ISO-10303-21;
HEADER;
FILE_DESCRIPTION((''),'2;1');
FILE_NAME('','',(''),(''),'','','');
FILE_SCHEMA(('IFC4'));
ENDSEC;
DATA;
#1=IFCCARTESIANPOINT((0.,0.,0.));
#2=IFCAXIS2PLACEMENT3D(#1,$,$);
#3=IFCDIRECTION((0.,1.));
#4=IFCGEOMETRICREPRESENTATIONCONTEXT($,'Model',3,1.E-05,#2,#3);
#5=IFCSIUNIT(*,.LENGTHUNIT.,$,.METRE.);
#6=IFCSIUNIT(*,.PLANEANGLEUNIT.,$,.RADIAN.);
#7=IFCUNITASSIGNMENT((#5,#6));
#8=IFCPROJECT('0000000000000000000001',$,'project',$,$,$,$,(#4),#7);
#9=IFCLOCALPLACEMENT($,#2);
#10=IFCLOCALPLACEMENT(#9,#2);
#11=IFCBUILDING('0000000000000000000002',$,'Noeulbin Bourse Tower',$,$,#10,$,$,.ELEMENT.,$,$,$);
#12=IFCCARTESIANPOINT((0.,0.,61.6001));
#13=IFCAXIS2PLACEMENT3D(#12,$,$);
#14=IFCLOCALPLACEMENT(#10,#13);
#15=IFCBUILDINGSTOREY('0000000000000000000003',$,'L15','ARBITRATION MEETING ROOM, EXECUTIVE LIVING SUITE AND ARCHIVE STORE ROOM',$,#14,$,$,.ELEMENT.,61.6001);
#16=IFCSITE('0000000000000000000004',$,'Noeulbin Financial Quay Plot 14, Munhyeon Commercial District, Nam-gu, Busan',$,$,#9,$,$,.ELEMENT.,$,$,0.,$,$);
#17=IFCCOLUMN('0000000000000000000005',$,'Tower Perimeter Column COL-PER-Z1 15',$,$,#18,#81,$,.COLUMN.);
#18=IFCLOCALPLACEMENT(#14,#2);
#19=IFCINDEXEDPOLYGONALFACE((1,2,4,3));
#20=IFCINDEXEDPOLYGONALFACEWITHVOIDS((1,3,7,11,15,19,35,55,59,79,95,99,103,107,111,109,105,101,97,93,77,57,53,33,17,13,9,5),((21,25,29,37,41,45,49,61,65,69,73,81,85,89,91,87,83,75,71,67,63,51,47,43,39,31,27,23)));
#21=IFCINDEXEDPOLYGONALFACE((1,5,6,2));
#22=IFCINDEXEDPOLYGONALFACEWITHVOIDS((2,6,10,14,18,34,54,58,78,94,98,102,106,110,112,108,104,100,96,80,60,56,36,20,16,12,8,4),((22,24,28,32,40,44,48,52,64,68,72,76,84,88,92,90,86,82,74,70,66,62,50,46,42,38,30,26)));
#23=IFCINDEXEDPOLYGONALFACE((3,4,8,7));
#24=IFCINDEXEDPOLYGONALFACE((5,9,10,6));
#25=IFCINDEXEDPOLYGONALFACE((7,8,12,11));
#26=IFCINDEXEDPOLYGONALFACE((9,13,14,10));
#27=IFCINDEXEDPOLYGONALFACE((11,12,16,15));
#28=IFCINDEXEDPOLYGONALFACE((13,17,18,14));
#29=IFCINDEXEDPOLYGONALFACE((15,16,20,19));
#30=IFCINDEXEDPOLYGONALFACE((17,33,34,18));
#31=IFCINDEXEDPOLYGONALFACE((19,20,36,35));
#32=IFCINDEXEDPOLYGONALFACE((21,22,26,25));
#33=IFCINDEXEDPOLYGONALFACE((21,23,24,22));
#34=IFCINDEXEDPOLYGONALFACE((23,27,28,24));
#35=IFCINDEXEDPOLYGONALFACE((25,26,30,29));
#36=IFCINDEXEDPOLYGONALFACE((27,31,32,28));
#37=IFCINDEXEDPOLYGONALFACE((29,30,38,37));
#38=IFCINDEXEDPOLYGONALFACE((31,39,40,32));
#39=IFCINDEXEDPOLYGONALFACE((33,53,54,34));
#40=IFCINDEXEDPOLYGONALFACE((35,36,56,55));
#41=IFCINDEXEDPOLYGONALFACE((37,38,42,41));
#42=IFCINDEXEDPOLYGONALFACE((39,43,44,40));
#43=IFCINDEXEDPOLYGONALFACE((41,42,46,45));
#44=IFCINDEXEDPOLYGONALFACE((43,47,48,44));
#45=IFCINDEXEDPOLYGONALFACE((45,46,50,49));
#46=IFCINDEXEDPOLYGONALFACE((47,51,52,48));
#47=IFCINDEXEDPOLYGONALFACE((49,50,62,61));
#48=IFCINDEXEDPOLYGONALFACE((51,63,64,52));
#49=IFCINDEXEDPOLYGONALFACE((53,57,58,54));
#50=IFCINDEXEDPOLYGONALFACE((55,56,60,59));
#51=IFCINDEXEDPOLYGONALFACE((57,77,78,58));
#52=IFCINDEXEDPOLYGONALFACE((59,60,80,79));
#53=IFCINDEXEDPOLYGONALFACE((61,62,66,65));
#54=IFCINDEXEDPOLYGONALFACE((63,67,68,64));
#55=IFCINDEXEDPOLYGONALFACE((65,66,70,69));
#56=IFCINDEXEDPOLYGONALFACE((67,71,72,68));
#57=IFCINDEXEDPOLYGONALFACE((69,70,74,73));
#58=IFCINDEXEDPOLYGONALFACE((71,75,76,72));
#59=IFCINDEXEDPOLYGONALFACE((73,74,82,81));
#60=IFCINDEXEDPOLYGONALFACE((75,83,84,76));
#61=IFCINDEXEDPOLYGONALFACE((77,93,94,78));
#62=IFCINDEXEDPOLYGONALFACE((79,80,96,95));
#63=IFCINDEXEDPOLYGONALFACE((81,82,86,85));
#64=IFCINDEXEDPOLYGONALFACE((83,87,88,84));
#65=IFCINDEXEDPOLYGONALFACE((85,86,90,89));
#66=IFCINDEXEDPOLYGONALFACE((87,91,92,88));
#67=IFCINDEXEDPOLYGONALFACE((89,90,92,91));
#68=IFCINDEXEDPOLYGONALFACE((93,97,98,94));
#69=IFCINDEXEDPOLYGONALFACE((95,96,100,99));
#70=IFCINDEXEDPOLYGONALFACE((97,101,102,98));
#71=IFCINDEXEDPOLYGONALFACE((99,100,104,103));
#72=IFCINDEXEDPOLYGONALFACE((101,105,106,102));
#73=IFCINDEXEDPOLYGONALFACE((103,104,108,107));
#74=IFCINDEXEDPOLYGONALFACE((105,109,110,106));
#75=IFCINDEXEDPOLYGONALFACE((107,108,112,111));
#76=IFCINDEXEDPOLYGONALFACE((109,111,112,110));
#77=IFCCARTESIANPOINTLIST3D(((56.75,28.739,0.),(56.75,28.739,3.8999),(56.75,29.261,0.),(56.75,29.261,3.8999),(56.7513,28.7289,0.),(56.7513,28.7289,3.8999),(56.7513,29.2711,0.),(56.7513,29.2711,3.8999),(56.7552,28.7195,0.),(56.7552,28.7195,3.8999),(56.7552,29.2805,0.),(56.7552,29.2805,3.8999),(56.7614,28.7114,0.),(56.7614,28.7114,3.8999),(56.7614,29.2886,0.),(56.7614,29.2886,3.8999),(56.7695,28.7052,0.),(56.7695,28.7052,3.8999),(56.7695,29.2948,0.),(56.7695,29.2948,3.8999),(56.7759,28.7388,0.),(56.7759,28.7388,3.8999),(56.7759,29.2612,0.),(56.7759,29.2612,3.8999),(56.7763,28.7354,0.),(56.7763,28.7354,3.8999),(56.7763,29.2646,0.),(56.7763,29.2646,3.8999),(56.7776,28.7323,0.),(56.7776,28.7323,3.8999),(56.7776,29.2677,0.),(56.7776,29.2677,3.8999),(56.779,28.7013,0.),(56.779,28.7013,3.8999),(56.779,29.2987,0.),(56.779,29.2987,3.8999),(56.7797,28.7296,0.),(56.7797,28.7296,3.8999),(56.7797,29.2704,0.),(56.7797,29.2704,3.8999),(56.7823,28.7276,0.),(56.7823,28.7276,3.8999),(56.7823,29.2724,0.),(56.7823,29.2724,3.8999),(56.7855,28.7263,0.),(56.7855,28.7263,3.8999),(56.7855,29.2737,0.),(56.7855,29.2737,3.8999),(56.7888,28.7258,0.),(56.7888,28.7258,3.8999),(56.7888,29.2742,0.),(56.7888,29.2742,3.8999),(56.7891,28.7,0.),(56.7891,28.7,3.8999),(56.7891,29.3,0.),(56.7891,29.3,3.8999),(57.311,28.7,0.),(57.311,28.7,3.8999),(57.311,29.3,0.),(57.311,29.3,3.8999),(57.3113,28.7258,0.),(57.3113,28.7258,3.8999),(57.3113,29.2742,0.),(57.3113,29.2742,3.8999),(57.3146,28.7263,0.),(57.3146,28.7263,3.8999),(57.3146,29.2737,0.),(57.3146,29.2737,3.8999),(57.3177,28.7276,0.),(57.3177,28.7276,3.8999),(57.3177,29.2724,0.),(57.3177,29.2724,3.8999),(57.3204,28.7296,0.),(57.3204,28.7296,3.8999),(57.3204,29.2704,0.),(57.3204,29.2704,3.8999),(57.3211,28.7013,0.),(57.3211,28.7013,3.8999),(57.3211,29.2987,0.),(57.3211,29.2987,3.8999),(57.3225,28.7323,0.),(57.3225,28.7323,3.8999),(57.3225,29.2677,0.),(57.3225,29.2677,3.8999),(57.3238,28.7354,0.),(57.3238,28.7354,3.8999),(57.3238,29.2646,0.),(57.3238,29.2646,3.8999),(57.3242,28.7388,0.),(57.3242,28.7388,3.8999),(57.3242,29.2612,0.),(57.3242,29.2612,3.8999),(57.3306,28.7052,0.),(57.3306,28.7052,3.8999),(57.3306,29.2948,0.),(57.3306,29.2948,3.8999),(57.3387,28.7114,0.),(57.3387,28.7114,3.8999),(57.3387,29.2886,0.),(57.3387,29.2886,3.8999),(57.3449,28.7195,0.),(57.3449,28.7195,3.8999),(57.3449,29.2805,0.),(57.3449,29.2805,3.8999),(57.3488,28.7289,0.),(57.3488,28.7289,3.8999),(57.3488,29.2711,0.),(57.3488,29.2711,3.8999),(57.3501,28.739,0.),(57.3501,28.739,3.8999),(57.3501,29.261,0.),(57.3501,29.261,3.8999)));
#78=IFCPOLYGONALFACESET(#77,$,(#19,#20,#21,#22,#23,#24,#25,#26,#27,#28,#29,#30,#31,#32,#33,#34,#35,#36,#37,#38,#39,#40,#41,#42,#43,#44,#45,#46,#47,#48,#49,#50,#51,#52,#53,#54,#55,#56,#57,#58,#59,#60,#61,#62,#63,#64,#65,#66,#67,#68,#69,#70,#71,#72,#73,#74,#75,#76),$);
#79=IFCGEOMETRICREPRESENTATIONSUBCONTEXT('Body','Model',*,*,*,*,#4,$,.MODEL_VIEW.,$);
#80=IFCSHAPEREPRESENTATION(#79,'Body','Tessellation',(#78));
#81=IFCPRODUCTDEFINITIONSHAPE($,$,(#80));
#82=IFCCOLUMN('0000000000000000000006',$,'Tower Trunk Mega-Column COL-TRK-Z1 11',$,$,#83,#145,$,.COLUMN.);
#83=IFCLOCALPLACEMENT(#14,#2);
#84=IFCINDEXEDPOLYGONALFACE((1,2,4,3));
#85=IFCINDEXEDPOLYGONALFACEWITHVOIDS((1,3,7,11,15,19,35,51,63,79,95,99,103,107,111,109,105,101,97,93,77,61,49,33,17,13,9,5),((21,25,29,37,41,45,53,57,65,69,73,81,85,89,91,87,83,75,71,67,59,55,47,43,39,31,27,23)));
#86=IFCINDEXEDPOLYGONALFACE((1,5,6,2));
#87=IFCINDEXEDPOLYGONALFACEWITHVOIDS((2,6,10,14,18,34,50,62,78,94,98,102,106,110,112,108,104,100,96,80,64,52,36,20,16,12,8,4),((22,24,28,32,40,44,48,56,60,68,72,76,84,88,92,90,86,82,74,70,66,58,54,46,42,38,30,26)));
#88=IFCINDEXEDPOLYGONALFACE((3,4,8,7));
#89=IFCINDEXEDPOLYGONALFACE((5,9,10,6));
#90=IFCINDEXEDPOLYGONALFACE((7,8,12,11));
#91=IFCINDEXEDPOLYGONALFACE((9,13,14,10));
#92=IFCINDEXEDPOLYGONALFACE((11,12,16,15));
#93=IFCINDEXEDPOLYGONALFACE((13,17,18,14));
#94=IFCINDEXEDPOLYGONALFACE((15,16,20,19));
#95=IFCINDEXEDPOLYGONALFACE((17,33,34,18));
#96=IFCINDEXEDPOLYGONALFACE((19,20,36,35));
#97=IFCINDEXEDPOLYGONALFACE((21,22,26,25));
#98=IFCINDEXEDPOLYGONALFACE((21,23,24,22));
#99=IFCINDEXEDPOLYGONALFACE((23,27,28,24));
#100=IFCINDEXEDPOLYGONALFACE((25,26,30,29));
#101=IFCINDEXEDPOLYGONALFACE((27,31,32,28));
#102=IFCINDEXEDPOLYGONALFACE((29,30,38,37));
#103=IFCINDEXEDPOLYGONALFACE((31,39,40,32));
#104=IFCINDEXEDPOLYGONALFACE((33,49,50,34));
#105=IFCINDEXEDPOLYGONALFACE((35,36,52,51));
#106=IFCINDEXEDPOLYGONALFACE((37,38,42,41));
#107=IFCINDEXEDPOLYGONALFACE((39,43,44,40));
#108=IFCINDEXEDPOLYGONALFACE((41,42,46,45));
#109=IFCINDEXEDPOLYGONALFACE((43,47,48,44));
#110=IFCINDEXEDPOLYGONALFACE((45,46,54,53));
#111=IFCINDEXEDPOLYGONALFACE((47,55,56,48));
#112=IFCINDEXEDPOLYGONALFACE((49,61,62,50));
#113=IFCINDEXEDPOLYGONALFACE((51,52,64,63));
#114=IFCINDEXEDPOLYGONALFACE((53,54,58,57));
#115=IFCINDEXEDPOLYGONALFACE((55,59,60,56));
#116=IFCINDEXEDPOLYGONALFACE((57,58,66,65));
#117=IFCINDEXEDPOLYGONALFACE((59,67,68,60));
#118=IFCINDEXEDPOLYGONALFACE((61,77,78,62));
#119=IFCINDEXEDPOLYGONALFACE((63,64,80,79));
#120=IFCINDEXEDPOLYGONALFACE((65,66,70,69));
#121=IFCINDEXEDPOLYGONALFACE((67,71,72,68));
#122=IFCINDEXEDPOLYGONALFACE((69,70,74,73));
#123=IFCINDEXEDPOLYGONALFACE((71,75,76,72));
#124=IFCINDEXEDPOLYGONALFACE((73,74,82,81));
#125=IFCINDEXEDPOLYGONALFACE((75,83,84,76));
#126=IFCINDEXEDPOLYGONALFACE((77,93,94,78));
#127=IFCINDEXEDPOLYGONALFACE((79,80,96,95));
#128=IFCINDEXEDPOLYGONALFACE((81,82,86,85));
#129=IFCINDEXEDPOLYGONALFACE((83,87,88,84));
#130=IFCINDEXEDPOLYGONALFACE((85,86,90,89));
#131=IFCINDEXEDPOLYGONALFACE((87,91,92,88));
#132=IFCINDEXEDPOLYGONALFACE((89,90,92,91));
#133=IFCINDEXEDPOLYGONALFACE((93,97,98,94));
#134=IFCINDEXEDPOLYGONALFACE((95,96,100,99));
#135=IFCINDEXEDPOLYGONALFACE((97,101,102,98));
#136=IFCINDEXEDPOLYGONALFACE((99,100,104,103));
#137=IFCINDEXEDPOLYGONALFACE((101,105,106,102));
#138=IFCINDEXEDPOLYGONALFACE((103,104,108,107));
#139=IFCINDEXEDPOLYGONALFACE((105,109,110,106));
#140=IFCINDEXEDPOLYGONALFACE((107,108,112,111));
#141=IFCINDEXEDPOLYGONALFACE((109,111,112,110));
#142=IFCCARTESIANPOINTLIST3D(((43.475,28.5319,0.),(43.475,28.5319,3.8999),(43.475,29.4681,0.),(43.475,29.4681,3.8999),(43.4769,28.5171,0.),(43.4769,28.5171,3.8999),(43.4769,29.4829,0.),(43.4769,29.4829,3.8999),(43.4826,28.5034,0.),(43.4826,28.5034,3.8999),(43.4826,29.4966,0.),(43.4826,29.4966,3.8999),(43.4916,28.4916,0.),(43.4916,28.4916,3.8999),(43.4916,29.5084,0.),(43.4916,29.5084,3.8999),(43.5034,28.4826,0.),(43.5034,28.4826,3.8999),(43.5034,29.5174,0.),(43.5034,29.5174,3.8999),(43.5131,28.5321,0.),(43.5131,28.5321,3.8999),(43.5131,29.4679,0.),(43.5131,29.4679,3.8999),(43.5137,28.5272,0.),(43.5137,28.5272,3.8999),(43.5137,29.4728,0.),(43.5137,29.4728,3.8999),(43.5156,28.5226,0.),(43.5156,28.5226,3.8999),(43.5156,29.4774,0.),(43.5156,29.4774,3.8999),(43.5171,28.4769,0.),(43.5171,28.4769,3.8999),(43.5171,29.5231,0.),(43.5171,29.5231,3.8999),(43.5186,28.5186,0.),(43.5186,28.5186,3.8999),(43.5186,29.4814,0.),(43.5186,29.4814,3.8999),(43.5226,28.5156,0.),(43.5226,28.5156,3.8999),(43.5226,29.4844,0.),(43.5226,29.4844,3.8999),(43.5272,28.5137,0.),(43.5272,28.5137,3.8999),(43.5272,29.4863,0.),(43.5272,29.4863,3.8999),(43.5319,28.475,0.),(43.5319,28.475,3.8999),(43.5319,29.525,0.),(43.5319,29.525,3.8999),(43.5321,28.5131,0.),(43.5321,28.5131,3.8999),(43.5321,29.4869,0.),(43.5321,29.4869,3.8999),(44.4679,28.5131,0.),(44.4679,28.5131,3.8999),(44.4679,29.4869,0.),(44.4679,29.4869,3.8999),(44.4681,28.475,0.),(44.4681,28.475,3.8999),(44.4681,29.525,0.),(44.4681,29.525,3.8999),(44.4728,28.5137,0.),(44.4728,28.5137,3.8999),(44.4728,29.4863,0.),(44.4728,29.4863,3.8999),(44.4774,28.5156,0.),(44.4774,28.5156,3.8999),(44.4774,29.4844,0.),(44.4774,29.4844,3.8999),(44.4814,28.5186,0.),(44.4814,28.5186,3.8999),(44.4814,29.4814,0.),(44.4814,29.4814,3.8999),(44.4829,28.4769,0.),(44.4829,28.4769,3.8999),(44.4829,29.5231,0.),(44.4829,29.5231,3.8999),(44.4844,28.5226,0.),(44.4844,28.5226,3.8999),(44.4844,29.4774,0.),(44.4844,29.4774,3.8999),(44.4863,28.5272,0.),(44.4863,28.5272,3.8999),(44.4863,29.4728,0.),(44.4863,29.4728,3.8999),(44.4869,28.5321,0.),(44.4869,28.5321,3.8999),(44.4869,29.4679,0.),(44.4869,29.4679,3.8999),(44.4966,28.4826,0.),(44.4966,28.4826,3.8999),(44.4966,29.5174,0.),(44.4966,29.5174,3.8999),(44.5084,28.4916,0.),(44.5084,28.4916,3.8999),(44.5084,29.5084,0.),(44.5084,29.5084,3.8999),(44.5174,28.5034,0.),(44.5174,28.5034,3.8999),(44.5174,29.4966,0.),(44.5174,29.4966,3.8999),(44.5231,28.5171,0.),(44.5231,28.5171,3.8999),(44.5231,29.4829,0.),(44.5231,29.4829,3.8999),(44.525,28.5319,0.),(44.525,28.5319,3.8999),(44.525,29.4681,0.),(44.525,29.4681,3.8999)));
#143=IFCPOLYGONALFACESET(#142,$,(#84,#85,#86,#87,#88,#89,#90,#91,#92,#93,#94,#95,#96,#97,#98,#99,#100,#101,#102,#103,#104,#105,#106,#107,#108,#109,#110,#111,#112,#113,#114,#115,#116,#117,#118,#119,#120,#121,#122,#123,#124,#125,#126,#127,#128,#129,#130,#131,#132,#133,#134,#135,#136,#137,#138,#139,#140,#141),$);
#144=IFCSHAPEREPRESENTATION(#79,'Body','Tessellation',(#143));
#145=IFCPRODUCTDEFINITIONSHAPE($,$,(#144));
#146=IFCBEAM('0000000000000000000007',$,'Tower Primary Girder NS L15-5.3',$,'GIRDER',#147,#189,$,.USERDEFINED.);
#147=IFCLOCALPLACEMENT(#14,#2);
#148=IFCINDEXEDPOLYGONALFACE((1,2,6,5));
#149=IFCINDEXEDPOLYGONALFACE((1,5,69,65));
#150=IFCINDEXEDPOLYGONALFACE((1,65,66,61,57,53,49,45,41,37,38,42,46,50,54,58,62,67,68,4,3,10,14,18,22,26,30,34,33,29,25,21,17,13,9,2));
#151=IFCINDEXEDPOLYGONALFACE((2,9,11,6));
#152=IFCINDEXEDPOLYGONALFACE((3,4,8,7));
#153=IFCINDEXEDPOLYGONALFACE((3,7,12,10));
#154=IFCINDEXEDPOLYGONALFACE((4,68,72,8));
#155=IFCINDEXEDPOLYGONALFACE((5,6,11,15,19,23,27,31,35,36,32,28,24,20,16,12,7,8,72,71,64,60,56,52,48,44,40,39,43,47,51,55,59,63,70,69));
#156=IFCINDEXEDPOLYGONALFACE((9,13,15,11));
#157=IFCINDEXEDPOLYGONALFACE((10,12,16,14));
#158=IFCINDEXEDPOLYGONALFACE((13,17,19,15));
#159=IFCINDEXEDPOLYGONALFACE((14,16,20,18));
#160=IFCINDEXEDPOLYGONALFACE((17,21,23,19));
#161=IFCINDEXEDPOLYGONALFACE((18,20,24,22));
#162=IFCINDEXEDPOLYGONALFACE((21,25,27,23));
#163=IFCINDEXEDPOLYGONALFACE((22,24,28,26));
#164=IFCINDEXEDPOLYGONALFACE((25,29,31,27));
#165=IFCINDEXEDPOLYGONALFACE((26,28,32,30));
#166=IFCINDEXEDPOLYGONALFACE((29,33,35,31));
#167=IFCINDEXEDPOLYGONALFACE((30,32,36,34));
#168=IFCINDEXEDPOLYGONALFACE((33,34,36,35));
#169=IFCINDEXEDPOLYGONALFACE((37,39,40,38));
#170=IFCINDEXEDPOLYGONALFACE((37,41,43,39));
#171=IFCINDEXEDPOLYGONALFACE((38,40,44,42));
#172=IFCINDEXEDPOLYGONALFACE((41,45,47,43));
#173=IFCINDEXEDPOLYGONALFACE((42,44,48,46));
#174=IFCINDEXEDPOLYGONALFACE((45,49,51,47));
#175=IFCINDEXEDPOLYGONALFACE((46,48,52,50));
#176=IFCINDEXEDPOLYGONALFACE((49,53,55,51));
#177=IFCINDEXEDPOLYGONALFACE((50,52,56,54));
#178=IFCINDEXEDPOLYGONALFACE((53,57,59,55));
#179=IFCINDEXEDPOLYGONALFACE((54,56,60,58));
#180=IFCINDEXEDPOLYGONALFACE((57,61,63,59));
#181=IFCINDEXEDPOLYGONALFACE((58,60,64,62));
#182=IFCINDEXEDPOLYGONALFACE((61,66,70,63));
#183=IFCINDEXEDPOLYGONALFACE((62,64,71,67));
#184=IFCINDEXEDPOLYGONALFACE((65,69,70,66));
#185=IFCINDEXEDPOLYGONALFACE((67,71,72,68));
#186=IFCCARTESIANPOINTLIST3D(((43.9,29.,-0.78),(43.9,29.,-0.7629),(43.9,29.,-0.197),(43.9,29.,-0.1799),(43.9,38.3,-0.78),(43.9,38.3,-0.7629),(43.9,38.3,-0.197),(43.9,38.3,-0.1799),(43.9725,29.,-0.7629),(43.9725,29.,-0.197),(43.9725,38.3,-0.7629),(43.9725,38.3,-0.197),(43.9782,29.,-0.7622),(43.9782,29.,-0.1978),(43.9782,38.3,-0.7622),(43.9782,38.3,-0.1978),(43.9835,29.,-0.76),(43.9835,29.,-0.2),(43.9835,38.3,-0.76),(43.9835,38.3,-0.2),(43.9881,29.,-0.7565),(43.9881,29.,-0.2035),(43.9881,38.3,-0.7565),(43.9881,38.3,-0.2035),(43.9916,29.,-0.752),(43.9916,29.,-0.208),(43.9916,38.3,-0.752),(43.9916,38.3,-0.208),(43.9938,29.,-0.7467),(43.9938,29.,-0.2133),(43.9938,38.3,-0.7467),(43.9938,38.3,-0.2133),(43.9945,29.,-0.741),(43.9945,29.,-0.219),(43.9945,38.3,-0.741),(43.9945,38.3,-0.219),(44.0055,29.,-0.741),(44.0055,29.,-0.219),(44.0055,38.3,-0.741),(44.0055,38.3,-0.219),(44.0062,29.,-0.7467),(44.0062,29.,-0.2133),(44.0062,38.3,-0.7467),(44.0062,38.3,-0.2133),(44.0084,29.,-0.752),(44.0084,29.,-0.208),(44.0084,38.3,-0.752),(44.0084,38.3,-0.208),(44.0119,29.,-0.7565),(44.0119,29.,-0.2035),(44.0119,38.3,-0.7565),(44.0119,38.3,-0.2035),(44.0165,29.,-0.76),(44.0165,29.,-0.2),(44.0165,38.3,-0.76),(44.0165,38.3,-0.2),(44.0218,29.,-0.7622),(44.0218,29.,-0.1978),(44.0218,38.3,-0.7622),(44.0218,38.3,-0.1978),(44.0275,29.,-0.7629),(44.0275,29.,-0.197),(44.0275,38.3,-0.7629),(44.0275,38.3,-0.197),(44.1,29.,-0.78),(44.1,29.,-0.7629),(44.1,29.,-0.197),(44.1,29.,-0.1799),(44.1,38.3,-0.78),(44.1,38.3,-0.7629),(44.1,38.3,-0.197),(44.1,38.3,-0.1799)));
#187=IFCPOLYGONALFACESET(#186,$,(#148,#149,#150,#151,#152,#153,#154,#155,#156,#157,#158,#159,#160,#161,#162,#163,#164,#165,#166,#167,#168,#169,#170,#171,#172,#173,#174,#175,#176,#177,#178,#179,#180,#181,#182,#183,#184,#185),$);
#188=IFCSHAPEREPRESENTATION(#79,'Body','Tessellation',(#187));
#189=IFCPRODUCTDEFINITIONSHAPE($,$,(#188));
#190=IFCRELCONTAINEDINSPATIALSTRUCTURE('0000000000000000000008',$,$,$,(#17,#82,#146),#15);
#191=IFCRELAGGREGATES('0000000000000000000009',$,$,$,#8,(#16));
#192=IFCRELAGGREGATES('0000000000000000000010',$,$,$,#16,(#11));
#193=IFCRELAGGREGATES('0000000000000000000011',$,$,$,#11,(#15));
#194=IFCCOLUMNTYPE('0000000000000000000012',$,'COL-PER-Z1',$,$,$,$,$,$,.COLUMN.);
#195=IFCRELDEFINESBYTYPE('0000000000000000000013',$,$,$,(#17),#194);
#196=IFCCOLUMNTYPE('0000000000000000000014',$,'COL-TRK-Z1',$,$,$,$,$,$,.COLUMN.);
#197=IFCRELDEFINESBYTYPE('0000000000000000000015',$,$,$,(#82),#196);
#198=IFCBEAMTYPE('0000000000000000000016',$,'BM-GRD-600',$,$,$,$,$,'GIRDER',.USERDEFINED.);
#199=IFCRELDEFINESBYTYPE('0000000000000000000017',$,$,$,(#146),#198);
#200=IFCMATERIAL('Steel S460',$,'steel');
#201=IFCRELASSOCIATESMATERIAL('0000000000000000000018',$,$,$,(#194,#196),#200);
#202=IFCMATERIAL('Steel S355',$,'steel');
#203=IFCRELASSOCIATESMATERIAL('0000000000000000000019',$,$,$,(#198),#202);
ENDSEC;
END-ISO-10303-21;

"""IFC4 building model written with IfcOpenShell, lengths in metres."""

from ifc_helpers import new_model, si_unit, direction, frame, origin, origin_2d, place, context, subcontext, project, spatial, hollow_rectangle, i_section, extrude, material, material_profile, profile_set, type_object, element, save


model = new_model("IFC4")

# Units and contexts
model_context = context("Model", 3, precision=1e-05, world=origin(), true_north=direction((0.0, 1.0)))
body_context = subcontext(model_context, "Body", "Model", "MODEL_VIEW")
ifc_project = project(units=[si_unit("LENGTHUNIT", "METRE"), si_unit("PLANEANGLEUNIT", "RADIAN")], contexts=[model_context])

# Site, building, storey
site_placement = place(None, origin())
site = spatial("IfcSite", under=ifc_project, at=site_placement, Name="Noeulbin Financial Quay Plot 14, Munhyeon Commercial District, Nam-gu, Busan", CompositionType="ELEMENT", RefElevation=0.0)
building_placement = place(site_placement, origin())
building = spatial("IfcBuilding", under=site, at=building_placement, Name="Noeulbin Bourse Tower", CompositionType="ELEMENT")
storey_placement = place(building_placement, frame((0.0, 0.0, 61.6001)))
storey = spatial("IfcBuildingStorey", under=building, at=storey_placement, Name="L15", Description="ARBITRATION MEETING ROOM, EXECUTIVE LIVING SUITE AND ARCHIVE STORE ROOM", CompositionType="ELEMENT", Elevation=61.6001)

# Columns
ifc_material_1 = material(Name="Steel S460", Category="steel")
ifc_material_profile_1 = material_profile(ifc_material_1, hollow_rectangle(XDim=0.6001, YDim=0.6001, WallThickness=0.0259, InnerFilletRadius=0.0129, OuterFilletRadius=0.0391, at=origin_2d()), Name="BOX-600x600x26", Category="LoadBearing")
ifc_profile_set_1 = profile_set([ifc_material_profile_1], Name="Steel S460")
column_type_1 = type_object("IfcColumnType", Name="COL-PER-Z1", PredefinedType="COLUMN", material=ifc_profile_set_1)
column_1_placement = place(storey_placement, frame((57.05, 29.0, 0.0), z_axis=(0.0, 0.0, 1.0), x_axis=(1.0, 0.0, 0.0)))
element("IfcColumn", 1, at=column_1_placement, inside=storey, type_object=column_type_1, Name="Tower Perimeter Column COL-PER-Z1 15", PredefinedType="COLUMN", context=body_context, shape_type="SweptSolid", body=[
    extrude(hollow_rectangle(XDim=0.6001, YDim=0.6001, WallThickness=0.0259, InnerFilletRadius=0.0129, OuterFilletRadius=0.0391, at=origin_2d()), origin(), (0.0, 0.0, 1.0), 3.8999),
])
ifc_material_profile_2 = material_profile(ifc_material_1, hollow_rectangle(XDim=1.05, YDim=1.05, WallThickness=0.0381, InnerFilletRadius=0.019, OuterFilletRadius=0.0569, at=origin_2d()), Name="BOX-1050x1050x38", Category="LoadBearing")
ifc_profile_set_2 = profile_set([ifc_material_profile_2], Name="Steel S460")
column_type_2 = type_object("IfcColumnType", Name="COL-TRK-Z1", PredefinedType="COLUMN", material=ifc_profile_set_2)
column_2_placement = place(storey_placement, frame((44.0, 29.0, 0.0), z_axis=(0.0, 0.0, 1.0), x_axis=(1.0, 0.0, 0.0)))
element("IfcColumn", 2, at=column_2_placement, inside=storey, type_object=column_type_2, Name="Tower Trunk Mega-Column COL-TRK-Z1 11", PredefinedType="COLUMN", context=body_context, shape_type="SweptSolid", body=[
    extrude(hollow_rectangle(XDim=1.05, YDim=1.05, WallThickness=0.0381, InnerFilletRadius=0.019, OuterFilletRadius=0.0569, at=origin_2d()), origin(), (0.0, 0.0, 1.0), 3.8999),
])

# Beam
ifc_material_2 = material(Name="Steel S355", Category="steel")
ifc_material_profile_3 = material_profile(ifc_material_2, i_section(OverallWidth=0.2, OverallDepth=0.6001, WebThickness=0.011, FlangeThickness=0.0171, FilletRadius=0.022, at=origin_2d()), Name="H-600x200x11x17", Category="LoadBearing")
ifc_profile_set_3 = profile_set([ifc_material_profile_3], Name="Steel S355")
beam_type_1 = type_object("IfcBeamType", Name="BM-GRD-600", ElementType="GIRDER", PredefinedType="USERDEFINED", material=ifc_profile_set_3)
beam_1_placement = place(storey_placement, frame((44.0, 29.0, -0.48), z_axis=(0.0, 1.0, 0.0), x_axis=(-1.0, 0.0, 0.0)))
element("IfcBeam", 3, at=beam_1_placement, inside=storey, type_object=beam_type_1, Name="Tower Primary Girder NS L15-5.3", ObjectType="GIRDER", PredefinedType="USERDEFINED", context=body_context, shape_type="SweptSolid", body=[
    extrude(i_section(OverallWidth=0.2, OverallDepth=0.6001, WebThickness=0.011, FlangeThickness=0.0171, FilletRadius=0.022, at=origin_2d()), origin(), (0.0, 0.0, 1.0), 9.3),
])

save(model, "model.ifc")
